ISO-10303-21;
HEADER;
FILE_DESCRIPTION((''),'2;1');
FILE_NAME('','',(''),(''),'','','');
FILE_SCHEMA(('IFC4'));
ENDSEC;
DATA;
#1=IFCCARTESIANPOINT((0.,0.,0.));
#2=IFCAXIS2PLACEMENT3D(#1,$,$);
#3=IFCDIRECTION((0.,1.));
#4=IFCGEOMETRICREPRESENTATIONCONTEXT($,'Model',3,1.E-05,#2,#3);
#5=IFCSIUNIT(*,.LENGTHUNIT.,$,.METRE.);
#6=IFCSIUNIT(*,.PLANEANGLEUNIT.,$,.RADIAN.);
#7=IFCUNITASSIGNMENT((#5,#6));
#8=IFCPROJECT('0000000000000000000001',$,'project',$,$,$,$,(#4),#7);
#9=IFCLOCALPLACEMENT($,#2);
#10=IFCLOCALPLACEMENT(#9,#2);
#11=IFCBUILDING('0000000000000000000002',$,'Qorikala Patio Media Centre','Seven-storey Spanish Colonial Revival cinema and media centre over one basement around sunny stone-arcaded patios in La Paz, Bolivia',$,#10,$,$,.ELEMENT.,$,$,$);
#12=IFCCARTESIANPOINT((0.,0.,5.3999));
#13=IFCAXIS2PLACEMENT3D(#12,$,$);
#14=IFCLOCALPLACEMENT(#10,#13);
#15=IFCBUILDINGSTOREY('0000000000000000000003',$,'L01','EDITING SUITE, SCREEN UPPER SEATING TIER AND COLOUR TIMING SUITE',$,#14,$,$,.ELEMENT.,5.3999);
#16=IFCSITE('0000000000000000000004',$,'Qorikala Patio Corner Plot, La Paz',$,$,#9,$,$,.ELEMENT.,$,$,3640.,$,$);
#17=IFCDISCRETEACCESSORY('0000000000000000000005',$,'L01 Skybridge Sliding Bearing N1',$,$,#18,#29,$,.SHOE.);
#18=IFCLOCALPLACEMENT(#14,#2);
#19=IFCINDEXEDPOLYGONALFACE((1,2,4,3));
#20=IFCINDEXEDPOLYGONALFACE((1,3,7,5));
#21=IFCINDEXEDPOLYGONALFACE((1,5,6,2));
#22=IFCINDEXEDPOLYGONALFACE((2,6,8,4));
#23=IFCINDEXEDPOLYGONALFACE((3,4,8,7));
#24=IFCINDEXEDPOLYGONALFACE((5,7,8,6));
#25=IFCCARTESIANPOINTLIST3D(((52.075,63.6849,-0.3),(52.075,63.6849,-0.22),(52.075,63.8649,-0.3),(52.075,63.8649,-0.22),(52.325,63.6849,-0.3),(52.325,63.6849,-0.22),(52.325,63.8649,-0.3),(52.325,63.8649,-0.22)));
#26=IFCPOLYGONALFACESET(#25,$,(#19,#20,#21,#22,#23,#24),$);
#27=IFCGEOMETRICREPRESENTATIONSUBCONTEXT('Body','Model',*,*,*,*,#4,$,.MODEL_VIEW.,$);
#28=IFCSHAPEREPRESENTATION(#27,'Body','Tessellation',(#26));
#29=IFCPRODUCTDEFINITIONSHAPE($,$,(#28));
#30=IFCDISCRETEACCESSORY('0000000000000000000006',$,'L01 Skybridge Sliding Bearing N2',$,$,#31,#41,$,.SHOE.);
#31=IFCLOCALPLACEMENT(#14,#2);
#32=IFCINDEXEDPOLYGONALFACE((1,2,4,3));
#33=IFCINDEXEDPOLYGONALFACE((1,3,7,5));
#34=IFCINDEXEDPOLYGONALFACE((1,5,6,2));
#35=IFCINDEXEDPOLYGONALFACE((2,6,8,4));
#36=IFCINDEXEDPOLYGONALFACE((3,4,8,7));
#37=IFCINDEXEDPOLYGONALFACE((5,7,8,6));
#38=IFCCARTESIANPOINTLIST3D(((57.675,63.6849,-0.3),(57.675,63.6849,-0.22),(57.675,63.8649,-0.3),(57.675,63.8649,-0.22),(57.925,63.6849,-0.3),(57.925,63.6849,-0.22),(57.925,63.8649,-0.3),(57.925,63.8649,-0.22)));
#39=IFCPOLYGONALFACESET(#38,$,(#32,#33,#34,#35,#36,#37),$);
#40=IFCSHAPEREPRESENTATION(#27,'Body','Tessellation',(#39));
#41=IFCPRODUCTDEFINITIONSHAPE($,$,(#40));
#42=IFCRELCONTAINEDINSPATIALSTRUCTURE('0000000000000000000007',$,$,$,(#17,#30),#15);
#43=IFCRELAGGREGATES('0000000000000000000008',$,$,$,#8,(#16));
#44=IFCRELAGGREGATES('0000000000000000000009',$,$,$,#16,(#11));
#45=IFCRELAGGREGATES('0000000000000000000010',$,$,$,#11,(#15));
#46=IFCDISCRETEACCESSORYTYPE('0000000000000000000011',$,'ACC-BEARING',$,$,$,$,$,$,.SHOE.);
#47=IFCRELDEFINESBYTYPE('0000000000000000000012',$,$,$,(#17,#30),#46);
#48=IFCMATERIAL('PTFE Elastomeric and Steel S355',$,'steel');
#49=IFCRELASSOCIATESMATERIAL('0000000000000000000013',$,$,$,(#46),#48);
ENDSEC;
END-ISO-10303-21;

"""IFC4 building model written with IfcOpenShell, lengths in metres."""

from ifc_helpers import new_model, si_unit, direction, frame, origin, origin_2d, place, context, subcontext, project, spatial, rectangle, extrude, material, type_object, element, save


model = new_model("IFC4")

# Units and contexts
model_context = context("Model", 3, precision=1e-05, world=origin(), true_north=direction((0.0, 1.0)))
body_context = subcontext(model_context, "Body", "Model", "MODEL_VIEW")
ifc_project = project(units=[si_unit("LENGTHUNIT", "METRE"), si_unit("PLANEANGLEUNIT", "RADIAN")], contexts=[model_context])

# Site, building, storey
site_placement = place(None, origin())
site = spatial("IfcSite", under=ifc_project, at=site_placement, Name="Qorikala Patio Corner Plot, La Paz", CompositionType="ELEMENT", RefElevation=3640.0)
building_placement = place(site_placement, origin())
building = spatial("IfcBuilding", under=site, at=building_placement, Name="Qorikala Patio Media Centre", Description="Seven-storey Spanish Colonial Revival cinema and media centre over one basement around sunny stone-arcaded patios in La Paz, Bolivia", CompositionType="ELEMENT")
storey_placement = place(building_placement, frame((0.0, 0.0, 5.3999)))
storey = spatial("IfcBuildingStorey", under=building, at=storey_placement, Name="L01", Description="EDITING SUITE, SCREEN UPPER SEATING TIER AND COLOUR TIMING SUITE", CompositionType="ELEMENT", Elevation=5.3999)

# Discrete accessories
ifc_material_1 = material(Name="PTFE Elastomeric and Steel S355", Category="steel")
discrete_accessory_type = type_object("IfcDiscreteAccessoryType", Name="ACC-BEARING", PredefinedType="SHOE", material=ifc_material_1)
for number, where, z_axis, x_axis, name in (
    (1, (52.2, 63.7749, -0.3), (0.0, 0.0, 1.0), (1.0, 0.0, 0.0), "L01 Skybridge Sliding Bearing N1"),
    (2, (57.8, 63.7749, -0.3), (0.0, 0.0, 1.0), (1.0, 0.0, 0.0), "L01 Skybridge Sliding Bearing N2"),
):
    element("IfcDiscreteAccessory", number, at=place(storey_placement, frame(where, z_axis=z_axis, x_axis=x_axis)), inside=storey, type_object=discrete_accessory_type, Name=name, PredefinedType="SHOE", context=body_context, shape_type="SweptSolid", body=[
        extrude(rectangle(XDim=0.25, YDim=0.1799, at=origin_2d()), origin(), (0.0, 0.0, 1.0), 0.0801),
    ])

save(model, "model.ifc")
